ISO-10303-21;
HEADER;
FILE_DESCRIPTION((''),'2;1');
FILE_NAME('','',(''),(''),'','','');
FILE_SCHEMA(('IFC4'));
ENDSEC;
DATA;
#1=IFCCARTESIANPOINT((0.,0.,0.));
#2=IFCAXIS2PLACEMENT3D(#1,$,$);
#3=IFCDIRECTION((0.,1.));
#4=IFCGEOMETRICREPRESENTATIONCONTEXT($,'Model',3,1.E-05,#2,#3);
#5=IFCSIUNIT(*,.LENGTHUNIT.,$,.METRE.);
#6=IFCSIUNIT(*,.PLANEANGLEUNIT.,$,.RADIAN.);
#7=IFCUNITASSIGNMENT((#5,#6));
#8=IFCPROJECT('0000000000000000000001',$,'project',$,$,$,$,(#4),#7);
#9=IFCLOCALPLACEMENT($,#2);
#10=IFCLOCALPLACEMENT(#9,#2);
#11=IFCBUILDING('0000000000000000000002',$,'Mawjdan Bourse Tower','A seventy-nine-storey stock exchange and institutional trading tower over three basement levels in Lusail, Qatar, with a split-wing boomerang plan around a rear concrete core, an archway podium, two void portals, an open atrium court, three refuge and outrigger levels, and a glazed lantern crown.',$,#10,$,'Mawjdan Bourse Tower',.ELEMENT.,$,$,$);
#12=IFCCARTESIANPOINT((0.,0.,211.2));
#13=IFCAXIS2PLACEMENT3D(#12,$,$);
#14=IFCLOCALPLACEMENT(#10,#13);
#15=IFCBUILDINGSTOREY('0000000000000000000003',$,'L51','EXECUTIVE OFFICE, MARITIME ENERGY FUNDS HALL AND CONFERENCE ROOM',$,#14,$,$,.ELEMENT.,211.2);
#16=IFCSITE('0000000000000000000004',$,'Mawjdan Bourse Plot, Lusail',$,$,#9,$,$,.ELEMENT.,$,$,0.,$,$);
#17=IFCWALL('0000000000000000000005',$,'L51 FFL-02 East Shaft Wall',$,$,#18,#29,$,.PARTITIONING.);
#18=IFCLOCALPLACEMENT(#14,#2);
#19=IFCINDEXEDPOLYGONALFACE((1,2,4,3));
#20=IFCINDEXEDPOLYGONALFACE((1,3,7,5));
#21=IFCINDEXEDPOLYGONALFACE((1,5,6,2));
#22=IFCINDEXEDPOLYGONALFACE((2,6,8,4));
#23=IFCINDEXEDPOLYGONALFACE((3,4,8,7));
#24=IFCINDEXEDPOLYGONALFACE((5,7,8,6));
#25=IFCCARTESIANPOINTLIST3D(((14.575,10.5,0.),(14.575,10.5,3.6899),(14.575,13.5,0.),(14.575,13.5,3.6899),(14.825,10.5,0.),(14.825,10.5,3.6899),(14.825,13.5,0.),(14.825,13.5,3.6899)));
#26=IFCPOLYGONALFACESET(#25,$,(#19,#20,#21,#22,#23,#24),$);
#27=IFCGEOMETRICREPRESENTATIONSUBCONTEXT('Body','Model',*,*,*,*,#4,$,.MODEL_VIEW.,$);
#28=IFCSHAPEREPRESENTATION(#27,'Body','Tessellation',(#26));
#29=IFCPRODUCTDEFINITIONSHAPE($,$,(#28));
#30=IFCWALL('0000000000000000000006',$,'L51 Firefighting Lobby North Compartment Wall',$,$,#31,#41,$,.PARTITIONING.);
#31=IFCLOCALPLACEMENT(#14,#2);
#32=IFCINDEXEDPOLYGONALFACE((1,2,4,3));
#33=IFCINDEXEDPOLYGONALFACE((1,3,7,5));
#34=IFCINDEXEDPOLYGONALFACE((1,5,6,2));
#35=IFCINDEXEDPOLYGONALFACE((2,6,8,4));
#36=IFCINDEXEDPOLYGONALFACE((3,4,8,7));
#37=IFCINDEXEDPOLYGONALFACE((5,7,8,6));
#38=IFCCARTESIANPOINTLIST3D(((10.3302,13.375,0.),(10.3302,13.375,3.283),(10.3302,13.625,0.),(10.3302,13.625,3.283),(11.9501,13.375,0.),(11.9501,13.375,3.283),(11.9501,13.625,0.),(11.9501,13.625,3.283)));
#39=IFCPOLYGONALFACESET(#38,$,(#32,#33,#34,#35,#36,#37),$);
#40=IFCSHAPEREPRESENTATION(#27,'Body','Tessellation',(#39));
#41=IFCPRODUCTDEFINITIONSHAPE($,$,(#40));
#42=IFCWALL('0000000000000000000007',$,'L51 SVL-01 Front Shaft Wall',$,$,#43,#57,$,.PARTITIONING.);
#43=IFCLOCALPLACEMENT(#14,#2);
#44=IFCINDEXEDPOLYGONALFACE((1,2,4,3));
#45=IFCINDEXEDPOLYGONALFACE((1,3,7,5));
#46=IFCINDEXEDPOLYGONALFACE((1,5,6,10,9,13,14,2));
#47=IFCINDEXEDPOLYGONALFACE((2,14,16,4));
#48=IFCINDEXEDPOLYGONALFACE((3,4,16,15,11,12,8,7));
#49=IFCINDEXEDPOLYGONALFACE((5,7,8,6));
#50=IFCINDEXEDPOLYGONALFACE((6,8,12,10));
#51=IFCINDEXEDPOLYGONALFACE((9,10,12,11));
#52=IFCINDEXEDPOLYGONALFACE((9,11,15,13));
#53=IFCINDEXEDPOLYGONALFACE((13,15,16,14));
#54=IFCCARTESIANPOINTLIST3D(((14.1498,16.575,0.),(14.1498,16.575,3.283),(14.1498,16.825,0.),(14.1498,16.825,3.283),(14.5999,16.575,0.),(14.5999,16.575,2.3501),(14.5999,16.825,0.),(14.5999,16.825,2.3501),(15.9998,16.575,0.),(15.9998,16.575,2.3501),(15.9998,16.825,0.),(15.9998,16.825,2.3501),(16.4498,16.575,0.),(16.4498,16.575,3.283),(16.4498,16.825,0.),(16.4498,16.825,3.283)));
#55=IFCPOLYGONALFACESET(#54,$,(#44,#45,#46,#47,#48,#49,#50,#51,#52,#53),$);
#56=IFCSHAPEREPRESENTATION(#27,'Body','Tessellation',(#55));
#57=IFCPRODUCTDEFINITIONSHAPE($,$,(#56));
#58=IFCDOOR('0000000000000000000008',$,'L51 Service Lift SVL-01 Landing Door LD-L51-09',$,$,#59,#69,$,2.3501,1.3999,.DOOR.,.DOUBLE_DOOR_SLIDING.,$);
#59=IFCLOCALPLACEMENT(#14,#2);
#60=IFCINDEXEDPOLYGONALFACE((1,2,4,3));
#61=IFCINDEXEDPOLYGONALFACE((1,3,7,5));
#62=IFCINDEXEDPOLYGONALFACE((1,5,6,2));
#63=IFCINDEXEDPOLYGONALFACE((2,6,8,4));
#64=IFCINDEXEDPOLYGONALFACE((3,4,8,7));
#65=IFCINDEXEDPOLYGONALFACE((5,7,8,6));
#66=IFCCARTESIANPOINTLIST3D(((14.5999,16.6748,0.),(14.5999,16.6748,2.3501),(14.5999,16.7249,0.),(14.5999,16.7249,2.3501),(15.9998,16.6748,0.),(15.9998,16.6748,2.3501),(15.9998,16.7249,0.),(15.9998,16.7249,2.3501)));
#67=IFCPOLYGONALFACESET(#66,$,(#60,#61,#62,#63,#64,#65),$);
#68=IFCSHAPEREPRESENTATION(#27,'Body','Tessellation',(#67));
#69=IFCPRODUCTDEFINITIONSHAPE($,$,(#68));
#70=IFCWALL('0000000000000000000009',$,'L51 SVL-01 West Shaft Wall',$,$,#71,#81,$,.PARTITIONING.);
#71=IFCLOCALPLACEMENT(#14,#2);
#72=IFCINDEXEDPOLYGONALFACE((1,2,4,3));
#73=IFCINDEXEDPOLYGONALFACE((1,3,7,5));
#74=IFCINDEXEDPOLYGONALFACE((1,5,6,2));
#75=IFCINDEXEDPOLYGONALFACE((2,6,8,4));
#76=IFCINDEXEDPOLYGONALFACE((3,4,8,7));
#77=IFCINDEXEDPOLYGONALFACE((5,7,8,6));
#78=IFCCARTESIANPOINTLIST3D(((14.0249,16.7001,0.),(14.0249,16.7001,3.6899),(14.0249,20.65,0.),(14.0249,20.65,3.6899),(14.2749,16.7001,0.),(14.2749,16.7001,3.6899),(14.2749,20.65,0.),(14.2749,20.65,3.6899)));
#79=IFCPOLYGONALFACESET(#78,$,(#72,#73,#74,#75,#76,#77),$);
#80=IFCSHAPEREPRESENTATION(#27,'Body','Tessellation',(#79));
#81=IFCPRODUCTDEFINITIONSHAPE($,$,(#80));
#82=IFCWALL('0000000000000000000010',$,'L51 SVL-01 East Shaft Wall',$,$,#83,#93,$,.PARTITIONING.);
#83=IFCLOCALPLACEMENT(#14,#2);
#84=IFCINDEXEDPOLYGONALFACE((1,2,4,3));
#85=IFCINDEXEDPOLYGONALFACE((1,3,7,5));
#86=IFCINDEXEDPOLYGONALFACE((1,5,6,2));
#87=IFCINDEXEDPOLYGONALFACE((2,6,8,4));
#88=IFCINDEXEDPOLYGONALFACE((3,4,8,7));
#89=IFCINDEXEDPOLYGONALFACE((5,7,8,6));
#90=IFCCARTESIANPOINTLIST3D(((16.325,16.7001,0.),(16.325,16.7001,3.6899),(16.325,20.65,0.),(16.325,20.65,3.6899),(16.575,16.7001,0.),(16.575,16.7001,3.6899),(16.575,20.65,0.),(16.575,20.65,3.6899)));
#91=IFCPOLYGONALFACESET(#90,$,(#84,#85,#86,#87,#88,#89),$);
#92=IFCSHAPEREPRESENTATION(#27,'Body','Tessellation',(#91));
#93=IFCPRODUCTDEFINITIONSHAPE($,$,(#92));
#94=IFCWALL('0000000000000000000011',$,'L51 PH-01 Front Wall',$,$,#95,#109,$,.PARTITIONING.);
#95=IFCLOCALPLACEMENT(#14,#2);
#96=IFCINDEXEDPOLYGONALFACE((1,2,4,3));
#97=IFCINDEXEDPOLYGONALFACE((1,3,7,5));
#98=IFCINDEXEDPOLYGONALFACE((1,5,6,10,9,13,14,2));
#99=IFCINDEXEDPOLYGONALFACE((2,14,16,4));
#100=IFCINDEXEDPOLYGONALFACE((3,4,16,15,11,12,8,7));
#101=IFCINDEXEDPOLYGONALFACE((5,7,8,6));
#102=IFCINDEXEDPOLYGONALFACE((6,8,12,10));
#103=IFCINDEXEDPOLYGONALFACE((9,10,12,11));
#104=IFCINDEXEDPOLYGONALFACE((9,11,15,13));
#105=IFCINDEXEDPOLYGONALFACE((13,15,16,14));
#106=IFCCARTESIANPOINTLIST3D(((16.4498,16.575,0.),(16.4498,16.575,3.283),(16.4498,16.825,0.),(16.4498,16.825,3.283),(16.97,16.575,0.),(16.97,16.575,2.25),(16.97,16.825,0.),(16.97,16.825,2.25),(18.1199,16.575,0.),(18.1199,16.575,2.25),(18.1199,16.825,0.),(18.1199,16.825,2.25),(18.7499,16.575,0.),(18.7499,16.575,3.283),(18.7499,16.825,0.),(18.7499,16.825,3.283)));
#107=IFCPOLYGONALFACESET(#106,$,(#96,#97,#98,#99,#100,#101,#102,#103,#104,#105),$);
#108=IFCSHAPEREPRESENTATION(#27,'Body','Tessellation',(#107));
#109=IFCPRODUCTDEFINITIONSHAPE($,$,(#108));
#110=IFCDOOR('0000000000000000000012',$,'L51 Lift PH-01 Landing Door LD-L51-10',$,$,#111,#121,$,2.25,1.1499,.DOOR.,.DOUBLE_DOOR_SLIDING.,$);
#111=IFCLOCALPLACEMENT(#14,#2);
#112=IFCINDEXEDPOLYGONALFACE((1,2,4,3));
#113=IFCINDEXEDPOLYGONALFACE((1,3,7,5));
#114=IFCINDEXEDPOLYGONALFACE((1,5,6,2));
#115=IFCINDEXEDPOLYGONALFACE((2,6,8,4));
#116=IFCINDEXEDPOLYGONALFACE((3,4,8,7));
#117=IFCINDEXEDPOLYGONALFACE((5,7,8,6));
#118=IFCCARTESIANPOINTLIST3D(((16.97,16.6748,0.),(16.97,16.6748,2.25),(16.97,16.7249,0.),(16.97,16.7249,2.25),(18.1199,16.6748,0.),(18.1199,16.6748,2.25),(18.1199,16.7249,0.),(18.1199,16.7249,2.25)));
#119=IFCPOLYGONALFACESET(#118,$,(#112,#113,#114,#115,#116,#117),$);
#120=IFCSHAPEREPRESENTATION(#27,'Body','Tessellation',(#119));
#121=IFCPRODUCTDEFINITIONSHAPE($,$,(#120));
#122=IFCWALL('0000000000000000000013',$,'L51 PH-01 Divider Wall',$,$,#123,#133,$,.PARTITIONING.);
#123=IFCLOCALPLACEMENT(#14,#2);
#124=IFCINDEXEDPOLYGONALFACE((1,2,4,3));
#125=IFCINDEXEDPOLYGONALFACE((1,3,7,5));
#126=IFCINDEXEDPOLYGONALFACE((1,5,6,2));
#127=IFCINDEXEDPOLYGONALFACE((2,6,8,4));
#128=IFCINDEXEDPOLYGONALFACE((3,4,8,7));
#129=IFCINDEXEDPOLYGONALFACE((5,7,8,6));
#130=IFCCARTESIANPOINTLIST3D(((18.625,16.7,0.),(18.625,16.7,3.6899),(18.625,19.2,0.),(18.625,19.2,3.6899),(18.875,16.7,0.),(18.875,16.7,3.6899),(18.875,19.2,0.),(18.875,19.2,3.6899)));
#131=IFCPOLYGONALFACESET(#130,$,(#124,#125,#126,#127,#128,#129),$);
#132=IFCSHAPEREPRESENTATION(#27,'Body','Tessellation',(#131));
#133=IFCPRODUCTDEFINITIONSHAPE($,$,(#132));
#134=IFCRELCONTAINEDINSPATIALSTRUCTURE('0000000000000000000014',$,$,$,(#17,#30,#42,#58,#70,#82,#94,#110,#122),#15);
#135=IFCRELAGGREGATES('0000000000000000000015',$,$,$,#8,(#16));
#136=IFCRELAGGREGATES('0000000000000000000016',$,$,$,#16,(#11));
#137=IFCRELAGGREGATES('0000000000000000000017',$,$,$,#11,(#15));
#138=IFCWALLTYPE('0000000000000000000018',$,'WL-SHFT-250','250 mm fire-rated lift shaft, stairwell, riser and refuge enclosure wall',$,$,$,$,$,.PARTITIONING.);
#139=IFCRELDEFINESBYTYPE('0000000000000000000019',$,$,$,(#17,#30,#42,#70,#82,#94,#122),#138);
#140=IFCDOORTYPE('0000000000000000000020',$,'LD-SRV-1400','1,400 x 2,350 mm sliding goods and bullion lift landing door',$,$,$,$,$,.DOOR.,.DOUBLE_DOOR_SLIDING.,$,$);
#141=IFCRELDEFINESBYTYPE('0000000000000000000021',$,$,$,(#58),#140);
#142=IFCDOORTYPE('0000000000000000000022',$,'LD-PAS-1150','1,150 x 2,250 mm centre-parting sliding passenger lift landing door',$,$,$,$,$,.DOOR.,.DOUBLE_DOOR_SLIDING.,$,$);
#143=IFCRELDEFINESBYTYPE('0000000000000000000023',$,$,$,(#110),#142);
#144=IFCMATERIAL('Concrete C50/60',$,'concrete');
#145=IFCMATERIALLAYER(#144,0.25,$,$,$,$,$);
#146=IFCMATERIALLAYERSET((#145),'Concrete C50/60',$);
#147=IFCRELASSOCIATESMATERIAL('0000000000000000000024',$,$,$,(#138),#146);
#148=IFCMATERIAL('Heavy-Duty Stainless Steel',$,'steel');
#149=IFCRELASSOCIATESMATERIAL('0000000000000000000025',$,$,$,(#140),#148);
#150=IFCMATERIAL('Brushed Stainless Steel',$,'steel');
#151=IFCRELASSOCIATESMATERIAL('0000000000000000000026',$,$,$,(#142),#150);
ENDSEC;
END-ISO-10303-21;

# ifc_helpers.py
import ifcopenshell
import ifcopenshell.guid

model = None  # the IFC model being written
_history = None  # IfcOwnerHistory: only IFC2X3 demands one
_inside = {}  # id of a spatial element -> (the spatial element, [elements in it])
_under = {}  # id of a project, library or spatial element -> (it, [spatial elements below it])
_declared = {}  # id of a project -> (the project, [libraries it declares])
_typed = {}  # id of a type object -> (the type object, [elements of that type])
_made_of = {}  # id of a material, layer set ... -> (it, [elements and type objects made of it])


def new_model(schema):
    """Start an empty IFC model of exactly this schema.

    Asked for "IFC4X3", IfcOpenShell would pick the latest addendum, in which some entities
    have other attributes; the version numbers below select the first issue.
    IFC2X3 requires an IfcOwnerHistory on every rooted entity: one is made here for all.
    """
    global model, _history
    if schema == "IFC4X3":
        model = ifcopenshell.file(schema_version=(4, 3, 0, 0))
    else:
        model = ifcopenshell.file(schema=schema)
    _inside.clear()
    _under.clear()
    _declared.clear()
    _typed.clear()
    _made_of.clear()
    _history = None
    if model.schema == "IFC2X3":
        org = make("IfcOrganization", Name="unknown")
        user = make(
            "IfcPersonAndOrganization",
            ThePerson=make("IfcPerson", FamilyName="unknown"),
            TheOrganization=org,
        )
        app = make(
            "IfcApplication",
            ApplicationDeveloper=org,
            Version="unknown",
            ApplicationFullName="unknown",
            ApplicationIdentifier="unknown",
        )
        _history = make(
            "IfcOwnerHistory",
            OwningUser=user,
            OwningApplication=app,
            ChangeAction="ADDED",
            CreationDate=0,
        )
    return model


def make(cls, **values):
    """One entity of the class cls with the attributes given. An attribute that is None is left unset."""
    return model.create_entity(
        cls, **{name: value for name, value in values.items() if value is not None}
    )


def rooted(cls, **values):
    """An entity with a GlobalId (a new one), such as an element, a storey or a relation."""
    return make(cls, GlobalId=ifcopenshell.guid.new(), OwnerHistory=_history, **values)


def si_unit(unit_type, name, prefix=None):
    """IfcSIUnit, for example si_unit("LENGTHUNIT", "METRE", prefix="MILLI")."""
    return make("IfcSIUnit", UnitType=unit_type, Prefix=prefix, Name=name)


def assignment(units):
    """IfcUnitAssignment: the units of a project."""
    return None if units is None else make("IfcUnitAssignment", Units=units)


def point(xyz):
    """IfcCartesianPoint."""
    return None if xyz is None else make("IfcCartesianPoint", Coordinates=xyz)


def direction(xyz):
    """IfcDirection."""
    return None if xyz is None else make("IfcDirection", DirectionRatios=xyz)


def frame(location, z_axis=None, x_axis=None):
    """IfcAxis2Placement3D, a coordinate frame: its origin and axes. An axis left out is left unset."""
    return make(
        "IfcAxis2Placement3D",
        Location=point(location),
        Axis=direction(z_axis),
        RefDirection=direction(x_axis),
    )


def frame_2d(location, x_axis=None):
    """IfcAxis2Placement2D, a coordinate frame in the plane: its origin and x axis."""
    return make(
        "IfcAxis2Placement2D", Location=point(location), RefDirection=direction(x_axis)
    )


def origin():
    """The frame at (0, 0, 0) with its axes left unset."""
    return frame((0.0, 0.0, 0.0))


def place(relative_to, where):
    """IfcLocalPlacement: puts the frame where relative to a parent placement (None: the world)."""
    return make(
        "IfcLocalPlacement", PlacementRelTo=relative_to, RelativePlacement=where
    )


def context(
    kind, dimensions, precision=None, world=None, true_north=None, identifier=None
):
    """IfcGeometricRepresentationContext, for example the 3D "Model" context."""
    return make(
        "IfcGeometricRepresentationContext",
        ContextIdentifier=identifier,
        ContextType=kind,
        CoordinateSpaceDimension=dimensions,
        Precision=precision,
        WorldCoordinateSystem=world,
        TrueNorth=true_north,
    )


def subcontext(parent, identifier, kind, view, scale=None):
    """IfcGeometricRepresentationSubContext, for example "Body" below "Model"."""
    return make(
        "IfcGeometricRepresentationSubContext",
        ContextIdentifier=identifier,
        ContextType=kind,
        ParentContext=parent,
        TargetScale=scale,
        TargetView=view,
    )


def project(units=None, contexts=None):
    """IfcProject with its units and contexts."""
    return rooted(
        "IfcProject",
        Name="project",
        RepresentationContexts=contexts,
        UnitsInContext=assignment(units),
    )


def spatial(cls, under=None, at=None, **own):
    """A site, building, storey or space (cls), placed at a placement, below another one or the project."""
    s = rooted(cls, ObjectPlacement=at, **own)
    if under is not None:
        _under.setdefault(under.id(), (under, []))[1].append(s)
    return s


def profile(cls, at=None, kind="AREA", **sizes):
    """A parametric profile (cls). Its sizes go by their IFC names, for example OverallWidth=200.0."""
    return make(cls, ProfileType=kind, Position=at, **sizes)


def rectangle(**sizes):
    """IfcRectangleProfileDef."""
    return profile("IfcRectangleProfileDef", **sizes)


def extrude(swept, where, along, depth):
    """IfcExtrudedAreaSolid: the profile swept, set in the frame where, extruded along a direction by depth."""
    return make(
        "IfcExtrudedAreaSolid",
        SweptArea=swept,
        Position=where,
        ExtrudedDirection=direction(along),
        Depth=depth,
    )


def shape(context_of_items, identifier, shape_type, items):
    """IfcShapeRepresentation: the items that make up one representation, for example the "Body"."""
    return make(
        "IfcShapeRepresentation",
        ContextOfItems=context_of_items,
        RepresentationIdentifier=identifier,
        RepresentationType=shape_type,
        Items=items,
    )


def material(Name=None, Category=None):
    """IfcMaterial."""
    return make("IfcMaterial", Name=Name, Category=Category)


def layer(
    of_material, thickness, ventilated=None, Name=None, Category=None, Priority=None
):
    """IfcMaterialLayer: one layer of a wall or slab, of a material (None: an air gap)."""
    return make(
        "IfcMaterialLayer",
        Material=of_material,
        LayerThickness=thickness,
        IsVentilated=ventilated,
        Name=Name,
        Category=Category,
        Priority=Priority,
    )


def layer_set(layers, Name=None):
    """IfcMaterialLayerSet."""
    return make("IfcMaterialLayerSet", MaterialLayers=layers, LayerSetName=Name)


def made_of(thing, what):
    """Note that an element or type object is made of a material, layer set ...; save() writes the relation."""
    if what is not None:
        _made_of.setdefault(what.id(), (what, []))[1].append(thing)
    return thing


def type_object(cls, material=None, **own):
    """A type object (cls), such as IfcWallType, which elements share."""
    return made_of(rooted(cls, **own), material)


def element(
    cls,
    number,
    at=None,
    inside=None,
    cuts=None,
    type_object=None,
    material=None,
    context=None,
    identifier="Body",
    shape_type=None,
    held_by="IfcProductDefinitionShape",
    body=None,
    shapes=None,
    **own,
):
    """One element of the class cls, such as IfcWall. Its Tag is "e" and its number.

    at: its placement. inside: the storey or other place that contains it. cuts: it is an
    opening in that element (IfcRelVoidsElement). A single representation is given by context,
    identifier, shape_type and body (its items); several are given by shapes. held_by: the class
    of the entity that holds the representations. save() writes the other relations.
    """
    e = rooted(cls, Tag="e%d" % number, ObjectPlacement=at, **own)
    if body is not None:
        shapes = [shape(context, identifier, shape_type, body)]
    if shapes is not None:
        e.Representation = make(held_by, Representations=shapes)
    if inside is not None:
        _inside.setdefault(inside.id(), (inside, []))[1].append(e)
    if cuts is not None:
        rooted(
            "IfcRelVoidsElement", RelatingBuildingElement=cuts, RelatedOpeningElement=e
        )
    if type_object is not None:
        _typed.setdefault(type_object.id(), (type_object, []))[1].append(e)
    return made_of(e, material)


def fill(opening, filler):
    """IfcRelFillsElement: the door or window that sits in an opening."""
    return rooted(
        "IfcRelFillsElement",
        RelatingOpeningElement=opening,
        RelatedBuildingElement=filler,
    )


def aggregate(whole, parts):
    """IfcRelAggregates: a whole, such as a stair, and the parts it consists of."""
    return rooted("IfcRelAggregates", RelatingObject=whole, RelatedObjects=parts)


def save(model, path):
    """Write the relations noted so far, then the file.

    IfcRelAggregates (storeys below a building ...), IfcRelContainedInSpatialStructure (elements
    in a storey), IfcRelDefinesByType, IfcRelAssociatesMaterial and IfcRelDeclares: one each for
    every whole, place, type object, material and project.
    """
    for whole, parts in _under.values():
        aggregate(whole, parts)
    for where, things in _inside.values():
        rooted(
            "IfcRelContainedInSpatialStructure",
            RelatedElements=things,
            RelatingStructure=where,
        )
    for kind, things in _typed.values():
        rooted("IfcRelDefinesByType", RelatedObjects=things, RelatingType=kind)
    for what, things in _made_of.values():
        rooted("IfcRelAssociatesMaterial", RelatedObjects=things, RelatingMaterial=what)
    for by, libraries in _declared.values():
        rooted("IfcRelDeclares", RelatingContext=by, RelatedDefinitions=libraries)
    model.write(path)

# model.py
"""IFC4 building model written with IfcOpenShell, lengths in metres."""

from ifc_helpers import new_model, si_unit, direction, frame, frame_2d, origin, place, context, subcontext, project, spatial, rectangle, extrude, material, layer, layer_set, type_object, element, fill, save


model = new_model("IFC4")

# Units and contexts
model_context = context("Model", 3, precision=1e-05, world=origin(), true_north=direction((0.0, 1.0)))
body_context = subcontext(model_context, "Body", "Model", "MODEL_VIEW")
ifc_project = project(units=[si_unit("LENGTHUNIT", "METRE"), si_unit("PLANEANGLEUNIT", "RADIAN")], contexts=[model_context])

# Site, building, storey
site_placement = place(None, origin())
site = spatial("IfcSite", under=ifc_project, at=site_placement, Name="Mawjdan Bourse Plot, Lusail", CompositionType="ELEMENT", RefElevation=0.0)
building_placement = place(site_placement, origin())
building = spatial("IfcBuilding", under=site, at=building_placement, Name="Mawjdan Bourse Tower", Description="A seventy-nine-storey stock exchange and institutional trading tower over three basement levels in Lusail, Qatar, with a split-wing boomerang plan around a rear concrete core, an archway podium, two void portals, an open atrium court, three refuge and outrigger levels, and a glazed lantern crown.", LongName="Mawjdan Bourse Tower", CompositionType="ELEMENT")
storey_placement = place(building_placement, frame((0.0, 0.0, 211.2)))
storey = spatial("IfcBuildingStorey", under=building, at=storey_placement, Name="L51", Description="EXECUTIVE OFFICE, MARITIME ENERGY FUNDS HALL AND CONFERENCE ROOM", CompositionType="ELEMENT", Elevation=211.2)

# Walls
ifc_material_1 = material(Name="Concrete C50/60", Category="concrete")
ifc_layer_1 = layer(ifc_material_1, 0.25)
ifc_layer_set_1 = layer_set([ifc_layer_1], Name="Concrete C50/60")
wall_type_1 = type_object("IfcWallType", Name="WL-SHFT-250", Description="250 mm fire-rated lift shaft, stairwell, riser and refuge enclosure wall", PredefinedType="PARTITIONING", material=ifc_layer_set_1)
wall_1_placement = place(storey_placement, frame((14.7, 10.5, 0.0), z_axis=(0.0, 0.0, 1.0), x_axis=(0.0, 1.0, 0.0)))
element("IfcWall", 1, at=wall_1_placement, inside=storey, type_object=wall_type_1, Name="L51 FFL-02 East Shaft Wall", PredefinedType="PARTITIONING", context=body_context, shape_type="SweptSolid", body=[
    extrude(rectangle(XDim=3.0, YDim=0.25, at=frame_2d((1.5, 0.0))), origin(), (0.0, 0.0, 1.0), 3.6899),
])
wall_2_placement = place(storey_placement, frame((10.3301, 13.5, 0.0), z_axis=(0.0, 0.0, 1.0), x_axis=(1.0, 0.0, 0.0)))
element("IfcWall", 2, at=wall_2_placement, inside=storey, type_object=wall_type_1, Name="L51 Firefighting Lobby North Compartment Wall", PredefinedType="PARTITIONING", context=body_context, shape_type="SweptSolid", body=[
    extrude(rectangle(XDim=1.6199, YDim=0.25, at=frame_2d((0.8101, 0.0))), origin(), (0.0, 0.0, 1.0), 3.283),
])

# Wall, opening, door
wall_3_placement = place(storey_placement, frame((14.1499, 16.7, 0.0), z_axis=(0.0, 0.0, 1.0), x_axis=(1.0, 0.0, 0.0)))
wall_3 = element("IfcWall", 3, at=wall_3_placement, inside=storey, type_object=wall_type_1, Name="L51 SVL-01 Front Shaft Wall", PredefinedType="PARTITIONING", context=body_context, shape_type="SweptSolid", body=[
    extrude(rectangle(XDim=2.3, YDim=0.25, at=frame_2d((1.1499, 0.0))), origin(), (0.0, 0.0, 1.0), 3.283),
])
opening_1_placement = place(wall_3_placement, frame((0.45, 0.0, 0.0)))
opening_1 = element("IfcOpeningElement", 4, at=opening_1_placement, cuts=wall_3, PredefinedType="OPENING", context=body_context, shape_type="SweptSolid", body=[
    extrude(rectangle(XDim=1.3999, YDim=2.3501, at=frame_2d((0.7, 1.175))), frame((0.0, 0.135, 0.0), z_axis=(0.0, -1.0, 0.0), x_axis=(1.0, 0.0, 0.0)), (0.0, 0.0, 1.0), 0.27),
])
ifc_material_2 = material(Name="Heavy-Duty Stainless Steel", Category="steel")
door_type_1 = type_object("IfcDoorType", Name="LD-SRV-1400", Description="1,400 x 2,350 mm sliding goods and bullion lift landing door", OperationType="DOUBLE_DOOR_SLIDING", PredefinedType="DOOR", material=ifc_material_2)
door_1_placement = place(opening_1_placement, origin())
door_1 = element("IfcDoor", 5, at=door_1_placement, inside=storey, type_object=door_type_1, Name="L51 Service Lift SVL-01 Landing Door LD-L51-09", OperationType="DOUBLE_DOOR_SLIDING", OverallHeight=2.3501, OverallWidth=1.3999, PredefinedType="DOOR", context=body_context, shape_type="SweptSolid", body=[
    extrude(rectangle(XDim=1.3999, YDim=2.3501, at=frame_2d((0.7, 1.175))), frame((0.0, 0.0249, 0.0), z_axis=(0.0, -1.0, 0.0), x_axis=(1.0, 0.0, 0.0)), (0.0, 0.0, 1.0), 0.05),
])
fill(opening_1, door_1)

# Walls
for number, where, z_axis, x_axis, name in (
    (6, (14.1499, 16.7, 0.0), (0.0, 0.0, 1.0), (0.0, 1.0, 0.0), "L51 SVL-01 West Shaft Wall"),
    (7, (16.45, 16.7, 0.0), (0.0, 0.0, 1.0), (0.0, 1.0, 0.0), "L51 SVL-01 East Shaft Wall"),
):
    element("IfcWall", number, at=place(storey_placement, frame(where, z_axis=z_axis, x_axis=x_axis)), inside=storey, type_object=wall_type_1, Name=name, PredefinedType="PARTITIONING", context=body_context, shape_type="SweptSolid", body=[
        extrude(rectangle(XDim=3.95, YDim=0.25, at=frame_2d((1.9751, 0.0))), origin(), (0.0, 0.0, 1.0), 3.6899),
    ])

# Wall, opening, door
wall_4_placement = place(storey_placement, frame((16.45, 16.7, 0.0), z_axis=(0.0, 0.0, 1.0), x_axis=(1.0, 0.0, 0.0)))
wall_4 = element("IfcWall", 8, at=wall_4_placement, inside=storey, type_object=wall_type_1, Name="L51 PH-01 Front Wall", PredefinedType="PARTITIONING", context=body_context, shape_type="SweptSolid", body=[
    extrude(rectangle(XDim=2.3, YDim=0.25, at=frame_2d((1.1499, 0.0))), origin(), (0.0, 0.0, 1.0), 3.283),
])
opening_2_placement = place(wall_4_placement, frame((0.52, 0.0, 0.0)))
opening_2 = element("IfcOpeningElement", 9, at=opening_2_placement, cuts=wall_4, PredefinedType="OPENING", context=body_context, shape_type="SweptSolid", body=[
    extrude(rectangle(XDim=1.1499, YDim=2.25, at=frame_2d((0.575, 1.125))), frame((0.0, 0.135, 0.0), z_axis=(0.0, -1.0, 0.0), x_axis=(1.0, 0.0, 0.0)), (0.0, 0.0, 1.0), 0.27),
])
ifc_material_3 = material(Name="Brushed Stainless Steel", Category="steel")
door_type_2 = type_object("IfcDoorType", Name="LD-PAS-1150", Description="1,150 x 2,250 mm centre-parting sliding passenger lift landing door", OperationType="DOUBLE_DOOR_SLIDING", PredefinedType="DOOR", material=ifc_material_3)
door_2_placement = place(opening_2_placement, origin())
door_2 = element("IfcDoor", 10, at=door_2_placement, inside=storey, type_object=door_type_2, Name="L51 Lift PH-01 Landing Door LD-L51-10", OperationType="DOUBLE_DOOR_SLIDING", OverallHeight=2.25, OverallWidth=1.1499, PredefinedType="DOOR", context=body_context, shape_type="SweptSolid", body=[
    extrude(rectangle(XDim=1.1499, YDim=2.25, at=frame_2d((0.575, 1.125))), frame((0.0, 0.0249, 0.0), z_axis=(0.0, -1.0, 0.0), x_axis=(1.0, 0.0, 0.0)), (0.0, 0.0, 1.0), 0.05),
])
fill(opening_2, door_2)

# Wall
wall_5_placement = place(storey_placement, frame((18.75, 16.7, 0.0), z_axis=(0.0, 0.0, 1.0), x_axis=(0.0, 1.0, 0.0)))
element("IfcWall", 11, at=wall_5_placement, inside=storey, type_object=wall_type_1, Name="L51 PH-01 Divider Wall", PredefinedType="PARTITIONING", context=body_context, shape_type="SweptSolid", body=[
    extrude(rectangle(XDim=2.5, YDim=0.25, at=frame_2d((1.25, 0.0))), origin(), (0.0, 0.0, 1.0), 3.6899),
])

save(model, "model.ifc")
